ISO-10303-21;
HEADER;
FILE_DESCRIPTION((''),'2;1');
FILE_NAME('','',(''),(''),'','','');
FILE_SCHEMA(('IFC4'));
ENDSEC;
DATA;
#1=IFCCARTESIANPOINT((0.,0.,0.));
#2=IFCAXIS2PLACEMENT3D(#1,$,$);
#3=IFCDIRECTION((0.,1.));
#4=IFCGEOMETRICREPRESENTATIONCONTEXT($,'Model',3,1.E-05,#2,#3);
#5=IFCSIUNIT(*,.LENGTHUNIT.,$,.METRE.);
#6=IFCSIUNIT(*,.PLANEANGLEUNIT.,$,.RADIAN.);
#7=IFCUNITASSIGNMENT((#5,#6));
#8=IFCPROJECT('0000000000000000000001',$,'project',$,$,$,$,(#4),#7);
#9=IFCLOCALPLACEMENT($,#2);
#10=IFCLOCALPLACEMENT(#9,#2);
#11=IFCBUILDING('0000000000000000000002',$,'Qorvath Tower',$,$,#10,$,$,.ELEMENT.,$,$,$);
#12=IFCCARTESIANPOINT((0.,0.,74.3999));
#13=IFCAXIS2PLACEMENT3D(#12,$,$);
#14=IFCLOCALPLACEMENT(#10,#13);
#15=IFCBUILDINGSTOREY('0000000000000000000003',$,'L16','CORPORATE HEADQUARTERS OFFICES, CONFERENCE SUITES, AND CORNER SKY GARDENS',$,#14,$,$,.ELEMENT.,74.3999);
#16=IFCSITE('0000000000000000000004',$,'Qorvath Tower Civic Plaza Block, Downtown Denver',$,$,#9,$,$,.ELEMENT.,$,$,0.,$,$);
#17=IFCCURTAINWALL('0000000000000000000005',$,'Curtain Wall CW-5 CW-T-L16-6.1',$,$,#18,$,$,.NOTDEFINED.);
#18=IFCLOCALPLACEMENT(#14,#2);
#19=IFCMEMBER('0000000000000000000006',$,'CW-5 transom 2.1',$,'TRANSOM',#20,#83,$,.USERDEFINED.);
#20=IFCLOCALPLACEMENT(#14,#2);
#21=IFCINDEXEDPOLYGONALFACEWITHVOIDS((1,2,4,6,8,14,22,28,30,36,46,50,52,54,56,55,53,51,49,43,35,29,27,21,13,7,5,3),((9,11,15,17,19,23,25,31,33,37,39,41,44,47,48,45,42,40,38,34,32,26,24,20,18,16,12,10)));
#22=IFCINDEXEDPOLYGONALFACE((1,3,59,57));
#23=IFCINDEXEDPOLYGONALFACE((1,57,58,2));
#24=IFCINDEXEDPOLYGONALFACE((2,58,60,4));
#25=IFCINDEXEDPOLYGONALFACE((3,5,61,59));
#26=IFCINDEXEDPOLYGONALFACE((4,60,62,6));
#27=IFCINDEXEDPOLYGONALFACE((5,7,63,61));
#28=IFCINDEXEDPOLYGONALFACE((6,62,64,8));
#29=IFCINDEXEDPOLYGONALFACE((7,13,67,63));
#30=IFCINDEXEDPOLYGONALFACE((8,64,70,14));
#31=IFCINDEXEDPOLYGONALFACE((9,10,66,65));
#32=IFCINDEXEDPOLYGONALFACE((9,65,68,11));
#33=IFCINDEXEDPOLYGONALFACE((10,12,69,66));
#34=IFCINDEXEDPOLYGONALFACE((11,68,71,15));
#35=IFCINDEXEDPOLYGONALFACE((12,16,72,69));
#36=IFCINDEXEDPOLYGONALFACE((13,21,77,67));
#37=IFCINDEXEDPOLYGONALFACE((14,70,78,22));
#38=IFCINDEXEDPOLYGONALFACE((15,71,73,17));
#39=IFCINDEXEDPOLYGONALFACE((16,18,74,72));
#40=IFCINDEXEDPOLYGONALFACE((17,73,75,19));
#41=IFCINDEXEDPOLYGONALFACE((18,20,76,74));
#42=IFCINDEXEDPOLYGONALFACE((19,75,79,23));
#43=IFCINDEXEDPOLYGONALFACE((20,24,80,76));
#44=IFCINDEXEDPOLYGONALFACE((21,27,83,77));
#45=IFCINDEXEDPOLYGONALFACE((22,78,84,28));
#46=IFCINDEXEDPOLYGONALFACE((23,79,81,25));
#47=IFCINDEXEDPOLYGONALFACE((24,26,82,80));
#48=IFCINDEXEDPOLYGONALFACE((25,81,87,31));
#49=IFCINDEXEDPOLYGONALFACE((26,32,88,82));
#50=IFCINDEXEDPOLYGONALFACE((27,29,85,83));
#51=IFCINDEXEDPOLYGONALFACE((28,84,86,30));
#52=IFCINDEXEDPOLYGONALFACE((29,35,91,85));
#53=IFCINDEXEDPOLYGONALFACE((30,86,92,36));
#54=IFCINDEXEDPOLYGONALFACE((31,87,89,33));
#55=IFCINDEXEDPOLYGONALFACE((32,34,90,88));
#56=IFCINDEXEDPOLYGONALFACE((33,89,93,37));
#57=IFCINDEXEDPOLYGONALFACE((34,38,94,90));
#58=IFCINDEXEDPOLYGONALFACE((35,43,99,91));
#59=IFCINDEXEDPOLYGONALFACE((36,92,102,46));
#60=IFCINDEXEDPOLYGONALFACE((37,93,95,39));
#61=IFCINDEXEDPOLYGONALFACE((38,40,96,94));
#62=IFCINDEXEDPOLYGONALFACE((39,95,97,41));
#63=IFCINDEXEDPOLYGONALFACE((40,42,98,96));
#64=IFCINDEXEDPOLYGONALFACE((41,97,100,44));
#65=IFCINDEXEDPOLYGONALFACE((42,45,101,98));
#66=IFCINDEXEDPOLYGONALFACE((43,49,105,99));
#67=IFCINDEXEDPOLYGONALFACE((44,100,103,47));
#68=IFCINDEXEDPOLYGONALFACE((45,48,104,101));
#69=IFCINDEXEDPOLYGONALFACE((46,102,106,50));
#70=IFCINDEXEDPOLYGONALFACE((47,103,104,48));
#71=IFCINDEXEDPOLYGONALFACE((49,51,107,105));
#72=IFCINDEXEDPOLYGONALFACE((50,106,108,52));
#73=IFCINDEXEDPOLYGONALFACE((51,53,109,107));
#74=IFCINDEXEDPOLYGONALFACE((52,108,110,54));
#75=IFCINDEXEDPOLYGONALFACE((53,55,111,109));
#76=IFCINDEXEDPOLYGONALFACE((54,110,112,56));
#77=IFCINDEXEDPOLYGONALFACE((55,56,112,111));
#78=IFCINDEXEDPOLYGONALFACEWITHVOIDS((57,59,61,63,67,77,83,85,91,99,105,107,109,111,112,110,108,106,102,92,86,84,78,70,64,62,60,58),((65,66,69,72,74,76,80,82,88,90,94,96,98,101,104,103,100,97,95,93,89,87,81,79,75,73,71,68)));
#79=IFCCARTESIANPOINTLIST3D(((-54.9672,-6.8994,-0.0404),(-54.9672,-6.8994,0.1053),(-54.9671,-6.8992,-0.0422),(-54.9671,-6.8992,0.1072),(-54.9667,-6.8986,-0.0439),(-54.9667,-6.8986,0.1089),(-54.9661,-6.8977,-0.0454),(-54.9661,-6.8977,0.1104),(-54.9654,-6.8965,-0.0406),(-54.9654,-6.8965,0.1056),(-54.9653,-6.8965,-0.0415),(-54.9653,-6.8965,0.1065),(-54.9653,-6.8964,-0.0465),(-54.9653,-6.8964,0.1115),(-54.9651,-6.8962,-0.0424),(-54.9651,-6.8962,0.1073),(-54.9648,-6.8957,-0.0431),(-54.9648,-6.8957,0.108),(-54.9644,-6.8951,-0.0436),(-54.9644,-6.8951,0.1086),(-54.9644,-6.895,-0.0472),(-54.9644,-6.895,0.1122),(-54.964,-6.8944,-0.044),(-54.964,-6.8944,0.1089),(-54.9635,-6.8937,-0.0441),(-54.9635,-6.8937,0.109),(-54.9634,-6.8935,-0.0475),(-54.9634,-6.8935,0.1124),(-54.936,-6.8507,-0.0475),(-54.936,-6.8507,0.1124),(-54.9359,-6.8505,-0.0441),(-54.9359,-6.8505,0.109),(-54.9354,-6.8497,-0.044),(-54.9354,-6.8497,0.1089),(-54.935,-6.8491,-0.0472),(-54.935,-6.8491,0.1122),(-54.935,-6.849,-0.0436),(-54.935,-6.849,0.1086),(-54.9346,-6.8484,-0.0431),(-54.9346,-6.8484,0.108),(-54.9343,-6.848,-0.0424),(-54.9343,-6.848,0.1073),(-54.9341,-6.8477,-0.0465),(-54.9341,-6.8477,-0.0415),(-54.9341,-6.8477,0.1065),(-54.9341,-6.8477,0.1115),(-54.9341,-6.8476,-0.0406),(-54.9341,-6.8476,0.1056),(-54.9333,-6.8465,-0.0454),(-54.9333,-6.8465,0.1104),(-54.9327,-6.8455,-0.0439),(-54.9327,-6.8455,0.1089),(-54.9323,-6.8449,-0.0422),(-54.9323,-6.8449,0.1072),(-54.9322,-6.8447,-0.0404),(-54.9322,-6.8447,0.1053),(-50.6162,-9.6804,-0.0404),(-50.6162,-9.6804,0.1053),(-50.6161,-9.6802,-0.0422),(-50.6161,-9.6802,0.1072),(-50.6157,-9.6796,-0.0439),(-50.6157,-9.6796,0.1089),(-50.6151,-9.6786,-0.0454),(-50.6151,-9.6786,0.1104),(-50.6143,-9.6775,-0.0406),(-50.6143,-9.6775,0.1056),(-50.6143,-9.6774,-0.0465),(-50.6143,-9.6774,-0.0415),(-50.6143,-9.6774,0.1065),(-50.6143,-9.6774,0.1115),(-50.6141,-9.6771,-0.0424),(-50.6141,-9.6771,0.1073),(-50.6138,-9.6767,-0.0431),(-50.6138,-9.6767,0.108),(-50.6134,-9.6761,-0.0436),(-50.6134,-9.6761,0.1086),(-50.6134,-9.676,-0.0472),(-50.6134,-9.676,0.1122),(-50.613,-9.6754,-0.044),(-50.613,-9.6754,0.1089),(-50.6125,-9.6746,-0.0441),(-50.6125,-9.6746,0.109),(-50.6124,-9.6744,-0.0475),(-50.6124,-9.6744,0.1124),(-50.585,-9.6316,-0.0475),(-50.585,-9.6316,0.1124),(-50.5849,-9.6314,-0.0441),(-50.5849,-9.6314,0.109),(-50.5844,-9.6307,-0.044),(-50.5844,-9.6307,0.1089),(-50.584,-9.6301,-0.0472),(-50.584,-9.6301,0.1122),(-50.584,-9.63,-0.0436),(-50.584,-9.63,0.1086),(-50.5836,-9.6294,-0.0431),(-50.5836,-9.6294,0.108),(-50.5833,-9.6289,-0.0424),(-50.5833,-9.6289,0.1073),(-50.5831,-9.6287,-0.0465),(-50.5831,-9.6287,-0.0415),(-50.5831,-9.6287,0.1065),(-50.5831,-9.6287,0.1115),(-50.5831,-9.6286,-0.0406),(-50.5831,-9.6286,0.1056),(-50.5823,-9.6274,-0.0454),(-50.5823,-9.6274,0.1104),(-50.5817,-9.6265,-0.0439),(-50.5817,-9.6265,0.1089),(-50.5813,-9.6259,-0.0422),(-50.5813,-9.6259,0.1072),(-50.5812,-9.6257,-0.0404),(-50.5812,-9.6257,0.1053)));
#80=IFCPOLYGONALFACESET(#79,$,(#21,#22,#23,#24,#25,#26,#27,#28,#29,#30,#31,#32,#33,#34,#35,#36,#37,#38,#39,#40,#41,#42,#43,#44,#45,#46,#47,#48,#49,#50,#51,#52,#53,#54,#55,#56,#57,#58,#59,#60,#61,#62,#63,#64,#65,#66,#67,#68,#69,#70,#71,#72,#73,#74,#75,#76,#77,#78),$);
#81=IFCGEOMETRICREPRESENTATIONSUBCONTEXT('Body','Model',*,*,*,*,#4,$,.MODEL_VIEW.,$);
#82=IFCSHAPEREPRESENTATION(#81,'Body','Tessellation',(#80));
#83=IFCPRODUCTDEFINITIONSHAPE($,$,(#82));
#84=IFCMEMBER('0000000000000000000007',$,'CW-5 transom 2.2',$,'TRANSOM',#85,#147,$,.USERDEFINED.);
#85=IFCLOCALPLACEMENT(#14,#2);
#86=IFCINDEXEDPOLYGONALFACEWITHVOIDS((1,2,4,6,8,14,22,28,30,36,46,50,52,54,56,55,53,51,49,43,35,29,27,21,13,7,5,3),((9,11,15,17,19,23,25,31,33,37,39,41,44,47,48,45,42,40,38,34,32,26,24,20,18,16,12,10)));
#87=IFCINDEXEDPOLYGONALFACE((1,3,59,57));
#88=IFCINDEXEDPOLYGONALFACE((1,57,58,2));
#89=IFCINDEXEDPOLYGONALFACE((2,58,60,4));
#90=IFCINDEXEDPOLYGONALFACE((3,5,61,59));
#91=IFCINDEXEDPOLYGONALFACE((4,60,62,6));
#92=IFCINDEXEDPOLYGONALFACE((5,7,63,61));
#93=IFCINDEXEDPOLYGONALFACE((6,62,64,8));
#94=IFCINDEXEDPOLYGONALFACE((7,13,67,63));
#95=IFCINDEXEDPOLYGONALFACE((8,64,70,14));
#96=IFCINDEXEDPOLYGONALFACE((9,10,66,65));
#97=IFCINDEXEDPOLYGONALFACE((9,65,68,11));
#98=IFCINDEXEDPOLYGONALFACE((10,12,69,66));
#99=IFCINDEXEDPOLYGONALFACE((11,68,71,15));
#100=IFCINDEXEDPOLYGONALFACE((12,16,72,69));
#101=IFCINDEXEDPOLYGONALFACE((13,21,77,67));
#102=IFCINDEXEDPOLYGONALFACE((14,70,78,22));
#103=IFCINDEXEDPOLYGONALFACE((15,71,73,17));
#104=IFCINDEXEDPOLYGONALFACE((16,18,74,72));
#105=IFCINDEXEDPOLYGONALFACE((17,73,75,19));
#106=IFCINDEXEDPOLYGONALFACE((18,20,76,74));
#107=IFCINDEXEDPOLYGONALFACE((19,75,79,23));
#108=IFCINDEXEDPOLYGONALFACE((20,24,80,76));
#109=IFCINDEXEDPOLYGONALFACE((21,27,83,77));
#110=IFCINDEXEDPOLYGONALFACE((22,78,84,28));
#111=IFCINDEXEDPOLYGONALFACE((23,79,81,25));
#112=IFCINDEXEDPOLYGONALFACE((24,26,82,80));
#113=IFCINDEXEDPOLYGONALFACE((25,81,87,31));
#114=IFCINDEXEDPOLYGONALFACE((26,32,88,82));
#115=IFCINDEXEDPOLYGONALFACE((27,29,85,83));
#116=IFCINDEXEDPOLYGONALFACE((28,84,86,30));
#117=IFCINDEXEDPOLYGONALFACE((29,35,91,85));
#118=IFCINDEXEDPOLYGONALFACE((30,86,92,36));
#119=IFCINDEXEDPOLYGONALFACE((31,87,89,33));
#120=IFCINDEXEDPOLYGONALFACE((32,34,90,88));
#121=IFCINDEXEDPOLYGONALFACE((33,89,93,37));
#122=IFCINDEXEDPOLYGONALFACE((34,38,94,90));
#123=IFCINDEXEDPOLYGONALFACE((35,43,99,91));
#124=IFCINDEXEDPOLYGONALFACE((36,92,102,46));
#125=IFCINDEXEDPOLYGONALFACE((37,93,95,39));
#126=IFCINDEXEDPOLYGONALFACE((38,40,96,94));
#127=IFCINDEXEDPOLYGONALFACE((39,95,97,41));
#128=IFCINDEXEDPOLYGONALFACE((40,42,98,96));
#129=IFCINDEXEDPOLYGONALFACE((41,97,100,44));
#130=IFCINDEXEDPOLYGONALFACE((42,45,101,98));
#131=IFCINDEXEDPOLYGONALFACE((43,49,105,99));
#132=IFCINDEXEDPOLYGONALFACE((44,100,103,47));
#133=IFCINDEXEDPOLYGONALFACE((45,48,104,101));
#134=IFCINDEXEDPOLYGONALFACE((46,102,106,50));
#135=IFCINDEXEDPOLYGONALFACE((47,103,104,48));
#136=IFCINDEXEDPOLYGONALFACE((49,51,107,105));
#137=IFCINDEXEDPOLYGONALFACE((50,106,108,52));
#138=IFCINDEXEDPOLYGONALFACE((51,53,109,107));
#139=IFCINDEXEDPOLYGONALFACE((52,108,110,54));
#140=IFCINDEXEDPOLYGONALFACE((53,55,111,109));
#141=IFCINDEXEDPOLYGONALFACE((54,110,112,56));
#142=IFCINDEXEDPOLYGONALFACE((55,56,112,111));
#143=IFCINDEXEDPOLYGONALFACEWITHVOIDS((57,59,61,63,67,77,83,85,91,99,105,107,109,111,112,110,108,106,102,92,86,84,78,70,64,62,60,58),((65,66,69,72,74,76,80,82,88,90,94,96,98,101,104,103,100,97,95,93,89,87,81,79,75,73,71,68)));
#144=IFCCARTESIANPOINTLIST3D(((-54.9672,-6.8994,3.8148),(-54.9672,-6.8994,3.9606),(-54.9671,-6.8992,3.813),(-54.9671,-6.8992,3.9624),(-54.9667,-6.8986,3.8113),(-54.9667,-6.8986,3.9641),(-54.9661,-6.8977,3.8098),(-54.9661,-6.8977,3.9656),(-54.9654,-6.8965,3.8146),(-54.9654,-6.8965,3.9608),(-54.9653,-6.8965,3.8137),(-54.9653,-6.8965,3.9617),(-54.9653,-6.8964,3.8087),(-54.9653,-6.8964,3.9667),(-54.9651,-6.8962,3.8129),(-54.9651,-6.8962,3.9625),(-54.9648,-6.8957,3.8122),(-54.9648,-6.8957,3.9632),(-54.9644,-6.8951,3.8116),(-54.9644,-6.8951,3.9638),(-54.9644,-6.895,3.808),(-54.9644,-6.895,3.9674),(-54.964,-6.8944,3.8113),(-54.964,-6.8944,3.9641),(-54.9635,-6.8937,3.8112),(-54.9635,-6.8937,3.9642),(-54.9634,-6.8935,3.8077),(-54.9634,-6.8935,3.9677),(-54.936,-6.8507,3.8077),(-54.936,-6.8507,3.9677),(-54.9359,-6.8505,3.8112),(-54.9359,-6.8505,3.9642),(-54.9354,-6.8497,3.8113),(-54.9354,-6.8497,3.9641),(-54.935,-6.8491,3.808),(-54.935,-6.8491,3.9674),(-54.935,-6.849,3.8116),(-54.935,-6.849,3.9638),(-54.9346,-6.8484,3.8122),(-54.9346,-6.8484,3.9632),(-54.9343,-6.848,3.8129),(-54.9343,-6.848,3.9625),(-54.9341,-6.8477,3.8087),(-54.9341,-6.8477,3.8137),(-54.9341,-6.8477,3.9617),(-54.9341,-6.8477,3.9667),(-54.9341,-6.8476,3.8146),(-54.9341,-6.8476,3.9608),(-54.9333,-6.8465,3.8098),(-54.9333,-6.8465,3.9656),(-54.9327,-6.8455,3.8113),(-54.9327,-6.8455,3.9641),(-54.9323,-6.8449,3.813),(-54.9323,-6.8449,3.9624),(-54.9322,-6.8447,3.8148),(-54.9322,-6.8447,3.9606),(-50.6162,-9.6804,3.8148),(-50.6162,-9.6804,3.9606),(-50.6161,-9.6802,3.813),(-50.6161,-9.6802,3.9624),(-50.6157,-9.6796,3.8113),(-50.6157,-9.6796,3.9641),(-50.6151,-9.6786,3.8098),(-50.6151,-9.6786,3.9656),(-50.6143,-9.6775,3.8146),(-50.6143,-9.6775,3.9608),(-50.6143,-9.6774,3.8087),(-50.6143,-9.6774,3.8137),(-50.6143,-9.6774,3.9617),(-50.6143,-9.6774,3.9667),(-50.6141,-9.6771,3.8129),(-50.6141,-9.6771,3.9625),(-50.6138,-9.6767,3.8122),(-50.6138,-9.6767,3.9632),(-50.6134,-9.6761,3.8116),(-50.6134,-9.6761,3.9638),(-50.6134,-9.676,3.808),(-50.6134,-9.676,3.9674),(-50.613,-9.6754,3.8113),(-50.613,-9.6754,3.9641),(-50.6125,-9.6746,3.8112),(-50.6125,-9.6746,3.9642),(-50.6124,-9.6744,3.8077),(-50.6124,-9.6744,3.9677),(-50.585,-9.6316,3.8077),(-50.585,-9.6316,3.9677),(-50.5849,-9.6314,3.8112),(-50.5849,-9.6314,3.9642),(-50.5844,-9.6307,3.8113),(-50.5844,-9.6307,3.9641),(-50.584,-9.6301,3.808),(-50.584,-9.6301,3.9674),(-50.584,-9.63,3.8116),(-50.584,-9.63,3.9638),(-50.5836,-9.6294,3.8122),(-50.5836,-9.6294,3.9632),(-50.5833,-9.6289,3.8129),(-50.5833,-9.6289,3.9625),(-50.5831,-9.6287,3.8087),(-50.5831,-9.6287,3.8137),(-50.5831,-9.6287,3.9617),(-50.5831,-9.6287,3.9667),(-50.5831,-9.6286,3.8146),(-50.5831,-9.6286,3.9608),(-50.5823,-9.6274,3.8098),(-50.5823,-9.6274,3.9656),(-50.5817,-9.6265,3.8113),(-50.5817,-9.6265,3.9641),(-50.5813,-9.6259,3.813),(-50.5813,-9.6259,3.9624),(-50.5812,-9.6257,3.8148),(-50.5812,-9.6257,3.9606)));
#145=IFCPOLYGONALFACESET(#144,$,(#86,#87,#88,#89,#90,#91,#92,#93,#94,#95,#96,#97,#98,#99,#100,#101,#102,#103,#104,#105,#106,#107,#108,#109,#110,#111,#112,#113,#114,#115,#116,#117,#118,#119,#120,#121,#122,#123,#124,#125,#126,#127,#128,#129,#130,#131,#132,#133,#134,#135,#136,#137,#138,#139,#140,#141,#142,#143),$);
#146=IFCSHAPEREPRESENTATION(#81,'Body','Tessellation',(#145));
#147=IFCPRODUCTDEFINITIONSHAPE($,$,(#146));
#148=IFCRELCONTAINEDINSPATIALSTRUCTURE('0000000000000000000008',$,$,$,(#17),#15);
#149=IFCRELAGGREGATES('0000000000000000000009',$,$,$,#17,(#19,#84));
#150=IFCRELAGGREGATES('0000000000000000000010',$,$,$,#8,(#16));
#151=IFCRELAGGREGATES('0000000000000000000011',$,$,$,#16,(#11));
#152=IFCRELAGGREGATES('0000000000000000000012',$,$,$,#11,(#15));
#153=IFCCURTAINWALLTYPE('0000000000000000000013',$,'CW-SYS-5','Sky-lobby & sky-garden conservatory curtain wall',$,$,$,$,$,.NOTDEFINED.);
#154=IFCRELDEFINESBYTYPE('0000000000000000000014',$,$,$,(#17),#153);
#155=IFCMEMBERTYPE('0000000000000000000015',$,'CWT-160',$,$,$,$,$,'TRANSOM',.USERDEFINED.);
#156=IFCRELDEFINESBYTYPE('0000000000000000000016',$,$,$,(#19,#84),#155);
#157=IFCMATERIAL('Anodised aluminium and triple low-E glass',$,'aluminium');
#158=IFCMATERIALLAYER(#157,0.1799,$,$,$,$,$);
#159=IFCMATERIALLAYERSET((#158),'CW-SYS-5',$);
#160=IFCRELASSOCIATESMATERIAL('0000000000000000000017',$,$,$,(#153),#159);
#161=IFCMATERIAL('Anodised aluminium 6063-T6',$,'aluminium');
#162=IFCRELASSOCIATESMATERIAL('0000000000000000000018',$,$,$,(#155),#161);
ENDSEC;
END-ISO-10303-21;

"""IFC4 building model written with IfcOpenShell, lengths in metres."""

from ifc_helpers import new_model, si_unit, direction, frame, origin, origin_2d, place, context, subcontext, project, spatial, hollow_rectangle, extrude, material, layer, layer_set, material_profile, profile_set, type_object, element, aggregate, save


model = new_model("IFC4")

# Units and contexts
model_context = context("Model", 3, precision=1e-05, world=origin(), true_north=direction((0.0, 1.0)))
body_context = subcontext(model_context, "Body", "Model", "MODEL_VIEW")
ifc_project = project(units=[si_unit("LENGTHUNIT", "METRE"), si_unit("PLANEANGLEUNIT", "RADIAN")], contexts=[model_context])

# Site, building, storey
site_placement = place(None, origin())
site = spatial("IfcSite", under=ifc_project, at=site_placement, Name="Qorvath Tower Civic Plaza Block, Downtown Denver", CompositionType="ELEMENT", RefElevation=0.0)
building_placement = place(site_placement, origin())
building = spatial("IfcBuilding", under=site, at=building_placement, Name="Qorvath Tower", CompositionType="ELEMENT")
storey_placement = place(building_placement, frame((0.0, 0.0, 74.3999)))
storey = spatial("IfcBuildingStorey", under=building, at=storey_placement, Name="L16", Description="CORPORATE HEADQUARTERS OFFICES, CONFERENCE SUITES, AND CORNER SKY GARDENS", CompositionType="ELEMENT", Elevation=74.3999)

# Shared definitions
ifc_material_1 = material(Name="Anodised aluminium and triple low-E glass", Category="aluminium")
ifc_layer_1 = layer(ifc_material_1, 0.1799)
ifc_layer_set_1 = layer_set([ifc_layer_1], Name="CW-SYS-5")
curtain_wall_type = type_object("IfcCurtainWallType", Name="CW-SYS-5", Description="Sky-lobby & sky-garden conservatory curtain wall", PredefinedType="NOTDEFINED", material=ifc_layer_set_1)

# Curtain wall, members
curtain_wall_1_placement = place(storey_placement, origin())
curtain_wall_1 = element("IfcCurtainWall", 1, at=curtain_wall_1_placement, inside=storey, type_object=curtain_wall_type, Name="Curtain Wall CW-5 CW-T-L16-6.1", PredefinedType="NOTDEFINED")
ifc_material_2 = material(Name="Anodised aluminium 6063-T6", Category="aluminium")
ifc_material_profile_1 = material_profile(ifc_material_2, hollow_rectangle(XDim=0.0649, YDim=0.1599, WallThickness=0.0034, InnerFilletRadius=0.0034, OuterFilletRadius=0.0071, at=origin_2d()), Name="CWT 160x65")
ifc_profile_set_1 = profile_set([ifc_material_profile_1], Name="Anodised aluminium 6063-T6")
member_type_1 = type_object("IfcMemberType", Name="CWT-160", ElementType="TRANSOM", PredefinedType="USERDEFINED", material=ifc_profile_set_1)
member_1_placement = place(storey_placement, frame((-54.9497, -6.8721, 0.0325), z_axis=(0.842595, -0.538548, 0.0), x_axis=(0.538548, 0.842595, 0.0)))
member_1 = element("IfcMember", 2, at=member_1_placement, type_object=member_type_1, Name="CW-5 transom 2.1", ObjectType="TRANSOM", PredefinedType="USERDEFINED", context=body_context, shape_type="SweptSolid", body=[
    extrude(hollow_rectangle(XDim=0.0649, YDim=0.1599, WallThickness=0.0034, InnerFilletRadius=0.0034, OuterFilletRadius=0.0071, at=origin_2d()), origin(), (0.0, 0.0, 1.0), 5.1638),
])
member_2_placement = place(storey_placement, frame((-54.9497, -6.8721, 3.8877), z_axis=(0.842595, -0.538548, 0.0), x_axis=(0.538548, 0.842595, 0.0)))
member_2 = element("IfcMember", 3, at=member_2_placement, type_object=member_type_1, Name="CW-5 transom 2.2", ObjectType="TRANSOM", PredefinedType="USERDEFINED", context=body_context, shape_type="SweptSolid", body=[
    extrude(hollow_rectangle(XDim=0.0649, YDim=0.1599, WallThickness=0.0034, InnerFilletRadius=0.0034, OuterFilletRadius=0.0071, at=origin_2d()), origin(), (0.0, 0.0, 1.0), 5.1638),
])

aggregate(curtain_wall_1, [member_1, member_2])

save(model, "model.ifc")
